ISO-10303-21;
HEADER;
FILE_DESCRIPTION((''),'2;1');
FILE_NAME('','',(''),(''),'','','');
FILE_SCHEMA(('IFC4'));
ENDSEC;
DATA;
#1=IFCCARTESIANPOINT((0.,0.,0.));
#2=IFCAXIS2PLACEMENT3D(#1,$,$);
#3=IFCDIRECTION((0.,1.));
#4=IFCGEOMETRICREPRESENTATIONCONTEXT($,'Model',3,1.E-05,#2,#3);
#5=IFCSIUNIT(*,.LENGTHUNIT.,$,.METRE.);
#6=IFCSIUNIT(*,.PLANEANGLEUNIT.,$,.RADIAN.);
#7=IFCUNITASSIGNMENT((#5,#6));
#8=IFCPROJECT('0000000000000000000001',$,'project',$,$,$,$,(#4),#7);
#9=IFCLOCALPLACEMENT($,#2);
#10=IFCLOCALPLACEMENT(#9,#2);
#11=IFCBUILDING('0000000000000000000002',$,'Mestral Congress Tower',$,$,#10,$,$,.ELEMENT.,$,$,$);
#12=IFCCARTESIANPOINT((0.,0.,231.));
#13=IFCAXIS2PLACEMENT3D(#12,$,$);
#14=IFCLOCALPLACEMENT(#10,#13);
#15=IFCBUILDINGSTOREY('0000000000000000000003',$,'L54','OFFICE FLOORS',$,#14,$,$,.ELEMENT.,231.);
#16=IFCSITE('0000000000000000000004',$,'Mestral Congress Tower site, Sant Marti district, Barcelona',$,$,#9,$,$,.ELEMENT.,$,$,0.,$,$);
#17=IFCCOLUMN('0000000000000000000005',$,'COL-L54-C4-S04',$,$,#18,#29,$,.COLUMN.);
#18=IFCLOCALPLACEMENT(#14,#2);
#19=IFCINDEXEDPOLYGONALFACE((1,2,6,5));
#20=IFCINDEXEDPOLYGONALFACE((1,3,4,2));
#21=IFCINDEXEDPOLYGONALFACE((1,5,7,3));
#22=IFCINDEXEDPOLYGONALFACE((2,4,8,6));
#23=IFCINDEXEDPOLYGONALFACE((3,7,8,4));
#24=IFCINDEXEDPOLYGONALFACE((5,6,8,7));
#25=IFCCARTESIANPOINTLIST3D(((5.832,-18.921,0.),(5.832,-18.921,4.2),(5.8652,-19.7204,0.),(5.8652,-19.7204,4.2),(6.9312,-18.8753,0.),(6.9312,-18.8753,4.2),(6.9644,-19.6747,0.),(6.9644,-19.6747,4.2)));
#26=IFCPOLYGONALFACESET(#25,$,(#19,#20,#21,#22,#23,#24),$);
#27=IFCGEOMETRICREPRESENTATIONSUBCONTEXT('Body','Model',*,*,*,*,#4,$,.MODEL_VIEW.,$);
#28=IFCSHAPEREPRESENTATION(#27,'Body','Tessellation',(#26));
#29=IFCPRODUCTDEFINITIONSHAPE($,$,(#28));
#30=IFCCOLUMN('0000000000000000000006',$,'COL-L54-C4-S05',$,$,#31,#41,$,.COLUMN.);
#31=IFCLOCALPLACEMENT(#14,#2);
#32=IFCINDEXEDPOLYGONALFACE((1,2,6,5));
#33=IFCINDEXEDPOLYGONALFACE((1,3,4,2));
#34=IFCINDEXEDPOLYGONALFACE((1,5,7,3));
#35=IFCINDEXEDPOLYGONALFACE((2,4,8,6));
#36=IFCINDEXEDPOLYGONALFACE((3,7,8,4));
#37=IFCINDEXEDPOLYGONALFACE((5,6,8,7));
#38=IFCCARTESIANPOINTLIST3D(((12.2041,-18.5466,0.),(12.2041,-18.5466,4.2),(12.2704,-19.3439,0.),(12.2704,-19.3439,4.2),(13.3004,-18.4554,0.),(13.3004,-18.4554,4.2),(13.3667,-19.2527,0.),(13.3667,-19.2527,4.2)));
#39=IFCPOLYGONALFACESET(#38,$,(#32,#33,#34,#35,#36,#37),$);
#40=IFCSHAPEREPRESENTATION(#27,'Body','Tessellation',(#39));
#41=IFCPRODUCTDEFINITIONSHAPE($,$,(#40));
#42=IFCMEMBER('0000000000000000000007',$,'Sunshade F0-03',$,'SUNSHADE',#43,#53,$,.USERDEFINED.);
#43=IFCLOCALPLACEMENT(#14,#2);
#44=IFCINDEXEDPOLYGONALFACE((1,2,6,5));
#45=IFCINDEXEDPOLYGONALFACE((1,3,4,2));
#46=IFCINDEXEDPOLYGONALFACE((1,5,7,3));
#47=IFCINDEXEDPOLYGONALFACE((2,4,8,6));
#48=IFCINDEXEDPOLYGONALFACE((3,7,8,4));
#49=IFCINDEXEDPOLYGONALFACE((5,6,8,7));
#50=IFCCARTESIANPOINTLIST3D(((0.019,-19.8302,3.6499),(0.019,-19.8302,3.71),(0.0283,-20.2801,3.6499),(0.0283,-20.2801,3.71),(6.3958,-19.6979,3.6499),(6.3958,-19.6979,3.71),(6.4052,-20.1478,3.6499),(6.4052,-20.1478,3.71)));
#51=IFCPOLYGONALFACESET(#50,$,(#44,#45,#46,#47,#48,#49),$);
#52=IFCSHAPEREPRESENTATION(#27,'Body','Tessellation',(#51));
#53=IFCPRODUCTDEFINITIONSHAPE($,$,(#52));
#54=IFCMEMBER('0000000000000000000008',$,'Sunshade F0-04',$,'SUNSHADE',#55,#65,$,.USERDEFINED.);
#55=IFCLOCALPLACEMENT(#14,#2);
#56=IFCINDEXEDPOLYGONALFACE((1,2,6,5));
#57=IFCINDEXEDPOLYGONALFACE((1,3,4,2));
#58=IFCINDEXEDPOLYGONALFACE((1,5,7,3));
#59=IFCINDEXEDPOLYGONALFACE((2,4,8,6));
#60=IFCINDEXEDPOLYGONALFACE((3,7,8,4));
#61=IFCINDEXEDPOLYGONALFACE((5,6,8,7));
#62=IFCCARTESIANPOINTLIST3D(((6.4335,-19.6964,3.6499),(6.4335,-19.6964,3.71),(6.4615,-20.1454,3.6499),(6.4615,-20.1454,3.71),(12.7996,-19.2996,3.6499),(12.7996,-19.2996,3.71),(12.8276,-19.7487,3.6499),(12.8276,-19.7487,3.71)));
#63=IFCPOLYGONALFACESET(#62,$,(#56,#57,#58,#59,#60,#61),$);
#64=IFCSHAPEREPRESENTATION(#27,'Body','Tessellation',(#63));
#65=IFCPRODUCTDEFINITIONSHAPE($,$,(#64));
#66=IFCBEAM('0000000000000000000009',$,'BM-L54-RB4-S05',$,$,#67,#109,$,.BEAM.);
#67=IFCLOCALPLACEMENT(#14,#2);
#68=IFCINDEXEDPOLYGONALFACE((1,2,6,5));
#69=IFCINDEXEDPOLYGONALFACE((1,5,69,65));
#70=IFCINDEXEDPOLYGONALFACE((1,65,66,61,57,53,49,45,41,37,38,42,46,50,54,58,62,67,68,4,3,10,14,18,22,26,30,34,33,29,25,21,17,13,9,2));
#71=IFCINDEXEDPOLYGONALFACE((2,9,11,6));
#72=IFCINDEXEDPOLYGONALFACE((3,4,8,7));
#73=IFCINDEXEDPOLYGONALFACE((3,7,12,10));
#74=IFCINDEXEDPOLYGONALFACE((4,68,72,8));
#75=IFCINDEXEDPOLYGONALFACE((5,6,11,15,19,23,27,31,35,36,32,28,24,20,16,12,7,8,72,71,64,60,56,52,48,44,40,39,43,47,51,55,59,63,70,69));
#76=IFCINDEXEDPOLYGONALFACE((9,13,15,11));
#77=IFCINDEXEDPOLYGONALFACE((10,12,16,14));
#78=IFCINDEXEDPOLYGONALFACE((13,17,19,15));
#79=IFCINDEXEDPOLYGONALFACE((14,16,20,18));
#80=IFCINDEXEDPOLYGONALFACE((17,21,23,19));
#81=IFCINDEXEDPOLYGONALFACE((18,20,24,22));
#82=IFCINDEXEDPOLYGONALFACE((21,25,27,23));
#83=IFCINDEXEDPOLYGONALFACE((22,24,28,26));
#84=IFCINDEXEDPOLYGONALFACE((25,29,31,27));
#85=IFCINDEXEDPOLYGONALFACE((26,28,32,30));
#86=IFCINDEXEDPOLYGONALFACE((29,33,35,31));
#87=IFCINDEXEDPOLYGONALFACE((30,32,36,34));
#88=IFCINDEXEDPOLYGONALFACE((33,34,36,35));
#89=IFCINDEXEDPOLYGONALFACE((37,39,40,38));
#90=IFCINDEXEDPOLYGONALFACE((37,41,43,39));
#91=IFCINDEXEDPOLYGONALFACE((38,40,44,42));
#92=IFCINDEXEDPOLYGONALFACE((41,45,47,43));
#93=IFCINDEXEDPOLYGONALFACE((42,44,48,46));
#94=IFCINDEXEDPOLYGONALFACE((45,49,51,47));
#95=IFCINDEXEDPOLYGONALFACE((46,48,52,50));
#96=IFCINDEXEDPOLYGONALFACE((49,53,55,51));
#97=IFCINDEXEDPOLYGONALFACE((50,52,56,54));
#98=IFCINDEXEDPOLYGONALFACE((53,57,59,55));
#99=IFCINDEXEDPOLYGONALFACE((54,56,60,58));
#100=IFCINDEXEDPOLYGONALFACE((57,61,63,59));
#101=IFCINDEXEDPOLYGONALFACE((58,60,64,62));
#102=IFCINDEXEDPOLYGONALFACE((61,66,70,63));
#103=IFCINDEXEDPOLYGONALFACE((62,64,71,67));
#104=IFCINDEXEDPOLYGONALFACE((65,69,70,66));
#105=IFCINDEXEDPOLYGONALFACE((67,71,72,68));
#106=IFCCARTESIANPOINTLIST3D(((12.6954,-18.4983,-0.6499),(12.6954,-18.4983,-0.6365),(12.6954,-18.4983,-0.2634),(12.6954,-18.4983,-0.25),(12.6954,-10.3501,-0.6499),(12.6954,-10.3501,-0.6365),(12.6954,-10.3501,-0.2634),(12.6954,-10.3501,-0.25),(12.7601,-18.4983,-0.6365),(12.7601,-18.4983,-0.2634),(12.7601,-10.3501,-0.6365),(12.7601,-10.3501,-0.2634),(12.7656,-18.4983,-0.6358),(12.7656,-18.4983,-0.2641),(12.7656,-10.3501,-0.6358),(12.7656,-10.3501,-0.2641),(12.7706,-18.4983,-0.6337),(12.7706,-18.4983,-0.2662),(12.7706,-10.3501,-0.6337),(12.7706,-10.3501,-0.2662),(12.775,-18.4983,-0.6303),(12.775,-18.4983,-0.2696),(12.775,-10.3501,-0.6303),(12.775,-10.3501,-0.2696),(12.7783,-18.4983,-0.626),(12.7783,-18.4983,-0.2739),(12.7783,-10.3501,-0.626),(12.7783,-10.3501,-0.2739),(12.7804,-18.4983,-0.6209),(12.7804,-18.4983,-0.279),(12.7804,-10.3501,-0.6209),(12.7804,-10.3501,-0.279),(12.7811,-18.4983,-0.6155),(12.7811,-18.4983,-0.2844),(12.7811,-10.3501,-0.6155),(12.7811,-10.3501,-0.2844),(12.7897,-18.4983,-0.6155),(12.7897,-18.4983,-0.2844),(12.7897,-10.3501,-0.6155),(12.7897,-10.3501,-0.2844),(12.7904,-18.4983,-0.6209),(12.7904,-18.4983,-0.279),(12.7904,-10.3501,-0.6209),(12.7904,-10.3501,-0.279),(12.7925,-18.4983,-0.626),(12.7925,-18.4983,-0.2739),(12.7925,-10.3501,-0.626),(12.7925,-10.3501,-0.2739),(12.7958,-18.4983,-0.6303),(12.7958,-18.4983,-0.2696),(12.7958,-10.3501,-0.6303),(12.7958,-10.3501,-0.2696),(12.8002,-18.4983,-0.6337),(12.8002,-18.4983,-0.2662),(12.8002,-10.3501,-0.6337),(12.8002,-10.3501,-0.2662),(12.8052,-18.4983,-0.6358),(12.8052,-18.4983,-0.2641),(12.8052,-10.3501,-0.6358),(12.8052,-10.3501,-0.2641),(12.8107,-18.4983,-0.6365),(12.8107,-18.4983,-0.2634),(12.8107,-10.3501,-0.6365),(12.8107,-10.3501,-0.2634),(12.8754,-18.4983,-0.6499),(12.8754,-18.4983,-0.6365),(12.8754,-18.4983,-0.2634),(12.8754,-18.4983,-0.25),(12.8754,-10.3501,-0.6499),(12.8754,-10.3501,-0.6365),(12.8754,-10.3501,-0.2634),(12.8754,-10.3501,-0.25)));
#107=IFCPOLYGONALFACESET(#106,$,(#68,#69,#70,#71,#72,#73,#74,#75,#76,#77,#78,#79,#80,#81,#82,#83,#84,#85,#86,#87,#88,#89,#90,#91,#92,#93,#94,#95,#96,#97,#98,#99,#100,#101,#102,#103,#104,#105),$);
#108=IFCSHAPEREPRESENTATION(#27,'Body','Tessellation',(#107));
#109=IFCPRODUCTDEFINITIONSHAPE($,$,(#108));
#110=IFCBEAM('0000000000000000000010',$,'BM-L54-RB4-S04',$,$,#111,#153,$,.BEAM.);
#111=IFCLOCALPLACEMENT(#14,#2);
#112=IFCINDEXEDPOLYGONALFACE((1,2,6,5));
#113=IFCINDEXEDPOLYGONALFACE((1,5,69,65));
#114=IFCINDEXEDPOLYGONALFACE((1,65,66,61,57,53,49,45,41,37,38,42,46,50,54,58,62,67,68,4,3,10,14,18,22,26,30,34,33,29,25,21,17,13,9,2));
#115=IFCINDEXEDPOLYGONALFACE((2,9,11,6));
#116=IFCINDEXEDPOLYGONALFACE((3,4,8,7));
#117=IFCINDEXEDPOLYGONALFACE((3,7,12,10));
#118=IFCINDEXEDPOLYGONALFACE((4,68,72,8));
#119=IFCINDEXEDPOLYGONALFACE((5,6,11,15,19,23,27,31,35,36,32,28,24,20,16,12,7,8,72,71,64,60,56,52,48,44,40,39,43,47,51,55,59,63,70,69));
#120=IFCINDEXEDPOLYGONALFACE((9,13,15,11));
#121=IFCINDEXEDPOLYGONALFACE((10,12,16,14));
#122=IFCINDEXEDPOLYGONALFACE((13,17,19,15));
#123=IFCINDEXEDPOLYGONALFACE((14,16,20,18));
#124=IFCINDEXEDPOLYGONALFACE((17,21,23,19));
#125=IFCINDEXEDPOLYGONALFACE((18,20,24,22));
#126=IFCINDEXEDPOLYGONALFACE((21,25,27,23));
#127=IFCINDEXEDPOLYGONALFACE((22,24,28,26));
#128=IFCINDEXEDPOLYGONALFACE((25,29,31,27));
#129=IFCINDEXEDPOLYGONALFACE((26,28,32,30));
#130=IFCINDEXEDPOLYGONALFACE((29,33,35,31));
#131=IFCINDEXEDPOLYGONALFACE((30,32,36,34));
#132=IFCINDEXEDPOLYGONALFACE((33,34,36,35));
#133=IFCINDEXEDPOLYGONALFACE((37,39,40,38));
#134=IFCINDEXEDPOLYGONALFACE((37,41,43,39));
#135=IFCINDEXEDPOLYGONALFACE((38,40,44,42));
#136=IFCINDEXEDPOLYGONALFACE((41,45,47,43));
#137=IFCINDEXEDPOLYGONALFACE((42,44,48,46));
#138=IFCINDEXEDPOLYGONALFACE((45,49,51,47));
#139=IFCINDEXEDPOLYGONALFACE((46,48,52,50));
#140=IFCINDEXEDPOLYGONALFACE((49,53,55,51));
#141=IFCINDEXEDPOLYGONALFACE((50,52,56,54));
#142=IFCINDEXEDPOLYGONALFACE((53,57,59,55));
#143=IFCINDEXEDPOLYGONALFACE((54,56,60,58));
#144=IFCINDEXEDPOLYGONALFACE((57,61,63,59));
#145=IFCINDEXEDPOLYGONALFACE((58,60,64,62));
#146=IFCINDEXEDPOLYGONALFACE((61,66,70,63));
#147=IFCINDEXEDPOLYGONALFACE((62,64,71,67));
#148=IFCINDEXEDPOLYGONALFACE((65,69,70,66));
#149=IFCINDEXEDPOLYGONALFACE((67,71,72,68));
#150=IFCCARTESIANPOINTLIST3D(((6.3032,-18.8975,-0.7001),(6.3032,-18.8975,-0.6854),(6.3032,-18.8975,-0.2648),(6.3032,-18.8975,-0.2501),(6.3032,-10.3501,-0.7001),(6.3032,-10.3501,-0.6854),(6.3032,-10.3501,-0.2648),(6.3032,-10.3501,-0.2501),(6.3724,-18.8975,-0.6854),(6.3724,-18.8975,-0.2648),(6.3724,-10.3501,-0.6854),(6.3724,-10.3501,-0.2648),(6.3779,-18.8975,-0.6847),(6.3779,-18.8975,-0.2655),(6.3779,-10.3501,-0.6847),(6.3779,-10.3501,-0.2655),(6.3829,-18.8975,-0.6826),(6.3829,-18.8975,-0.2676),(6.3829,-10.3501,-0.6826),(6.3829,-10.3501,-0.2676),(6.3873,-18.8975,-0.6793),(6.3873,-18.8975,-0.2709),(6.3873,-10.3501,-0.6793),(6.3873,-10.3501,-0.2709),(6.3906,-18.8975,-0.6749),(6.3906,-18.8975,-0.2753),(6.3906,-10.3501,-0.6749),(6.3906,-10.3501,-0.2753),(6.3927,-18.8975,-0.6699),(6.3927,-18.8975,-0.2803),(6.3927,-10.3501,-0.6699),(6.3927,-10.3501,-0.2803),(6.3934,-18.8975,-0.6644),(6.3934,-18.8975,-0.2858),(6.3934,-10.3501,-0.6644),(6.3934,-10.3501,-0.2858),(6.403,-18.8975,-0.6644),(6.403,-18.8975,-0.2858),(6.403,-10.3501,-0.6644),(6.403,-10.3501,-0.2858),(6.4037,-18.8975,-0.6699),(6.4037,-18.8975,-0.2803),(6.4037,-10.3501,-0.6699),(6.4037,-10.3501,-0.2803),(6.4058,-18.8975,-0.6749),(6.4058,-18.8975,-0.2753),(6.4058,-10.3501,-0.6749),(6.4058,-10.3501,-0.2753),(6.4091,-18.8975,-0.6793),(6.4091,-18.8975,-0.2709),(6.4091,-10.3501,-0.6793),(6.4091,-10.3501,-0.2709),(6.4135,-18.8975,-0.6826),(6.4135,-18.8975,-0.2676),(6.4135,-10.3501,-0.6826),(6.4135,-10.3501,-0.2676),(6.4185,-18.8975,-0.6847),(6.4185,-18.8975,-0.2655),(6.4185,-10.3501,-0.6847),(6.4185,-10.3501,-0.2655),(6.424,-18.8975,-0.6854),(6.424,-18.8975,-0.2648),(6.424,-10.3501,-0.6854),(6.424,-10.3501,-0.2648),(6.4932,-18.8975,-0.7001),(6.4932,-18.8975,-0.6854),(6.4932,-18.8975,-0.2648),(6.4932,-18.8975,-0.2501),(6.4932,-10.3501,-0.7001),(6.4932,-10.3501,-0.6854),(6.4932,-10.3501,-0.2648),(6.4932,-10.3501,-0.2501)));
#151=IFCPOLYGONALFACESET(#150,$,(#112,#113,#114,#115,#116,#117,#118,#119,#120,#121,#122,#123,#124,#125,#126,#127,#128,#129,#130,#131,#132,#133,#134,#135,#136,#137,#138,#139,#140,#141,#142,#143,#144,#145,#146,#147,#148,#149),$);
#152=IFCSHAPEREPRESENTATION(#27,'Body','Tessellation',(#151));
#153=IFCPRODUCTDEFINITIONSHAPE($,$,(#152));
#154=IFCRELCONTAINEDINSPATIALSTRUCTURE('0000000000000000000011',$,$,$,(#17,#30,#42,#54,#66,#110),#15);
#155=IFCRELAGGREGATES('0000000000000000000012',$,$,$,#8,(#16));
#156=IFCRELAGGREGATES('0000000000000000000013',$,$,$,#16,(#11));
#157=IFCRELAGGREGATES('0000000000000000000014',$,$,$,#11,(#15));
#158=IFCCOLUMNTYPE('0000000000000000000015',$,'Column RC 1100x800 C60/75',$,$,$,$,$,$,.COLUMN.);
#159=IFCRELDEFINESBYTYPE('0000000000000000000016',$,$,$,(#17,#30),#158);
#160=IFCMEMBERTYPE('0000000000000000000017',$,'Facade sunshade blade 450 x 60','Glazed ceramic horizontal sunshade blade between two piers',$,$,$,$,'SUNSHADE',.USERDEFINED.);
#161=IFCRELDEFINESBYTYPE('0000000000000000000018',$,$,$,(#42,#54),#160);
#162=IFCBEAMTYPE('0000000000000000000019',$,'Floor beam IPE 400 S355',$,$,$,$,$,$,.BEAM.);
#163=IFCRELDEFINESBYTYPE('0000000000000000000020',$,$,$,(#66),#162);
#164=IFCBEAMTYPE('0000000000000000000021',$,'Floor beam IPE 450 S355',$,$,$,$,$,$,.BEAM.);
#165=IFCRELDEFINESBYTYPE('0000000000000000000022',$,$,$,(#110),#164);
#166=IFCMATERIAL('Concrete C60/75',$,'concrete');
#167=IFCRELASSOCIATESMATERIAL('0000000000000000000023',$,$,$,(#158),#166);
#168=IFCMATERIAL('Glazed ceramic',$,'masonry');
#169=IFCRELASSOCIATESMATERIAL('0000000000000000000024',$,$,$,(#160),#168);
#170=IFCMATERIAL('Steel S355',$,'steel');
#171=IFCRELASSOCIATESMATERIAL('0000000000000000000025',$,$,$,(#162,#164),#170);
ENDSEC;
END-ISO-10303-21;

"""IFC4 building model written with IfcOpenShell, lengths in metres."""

from ifc_helpers import new_model, si_unit, direction, frame, origin, origin_2d, place, context, subcontext, project, spatial, rectangle, i_section, extrude, material, material_profile, profile_set, type_object, element, save


model = new_model("IFC4")

# Units and contexts
model_context = context("Model", 3, precision=1e-05, world=origin(), true_north=direction((0.0, 1.0)))
body_context = subcontext(model_context, "Body", "Model", "MODEL_VIEW")
ifc_project = project(units=[si_unit("LENGTHUNIT", "METRE"), si_unit("PLANEANGLEUNIT", "RADIAN")], contexts=[model_context])

# Site, building, storey
site_placement = place(None, origin())
site = spatial("IfcSite", under=ifc_project, at=site_placement, Name="Mestral Congress Tower site, Sant Marti district, Barcelona", CompositionType="ELEMENT", RefElevation=0.0)
building_placement = place(site_placement, origin())
building = spatial("IfcBuilding", under=site, at=building_placement, Name="Mestral Congress Tower", CompositionType="ELEMENT")
storey_placement = place(building_placement, frame((0.0, 0.0, 231.0)))
storey = spatial("IfcBuildingStorey", under=building, at=storey_placement, Name="L54", Description="OFFICE FLOORS", CompositionType="ELEMENT", Elevation=231.0)

# Columns
ifc_material_1 = material(Name="Concrete C60/75", Category="concrete")
ifc_material_profile_1 = material_profile(ifc_material_1, rectangle(XDim=1.1001, YDim=0.8, at=origin_2d()), Name="RC 1100x800")
ifc_profile_set_1 = profile_set([ifc_material_profile_1], Name="Concrete C60/75")
column_type = type_object("IfcColumnType", Name="Column RC 1100x800 C60/75", PredefinedType="COLUMN", material=ifc_profile_set_1)
for number, where, z_axis, x_axis, name in (
    (1, (6.3982, -19.2979, 0.0), (0.0, 0.0, 1.0), (0.999139, 0.041492, 0.0), "COL-L54-C4-S04"),
    (2, (12.7854, -18.8997, 0.0), (0.0, 0.0, 1.0), (0.996557, 0.082914, 0.0), "COL-L54-C4-S05"),
):
    element("IfcColumn", number, at=place(storey_placement, frame(where, z_axis=z_axis, x_axis=x_axis)), inside=storey, type_object=column_type, Name=name, PredefinedType="COLUMN", context=body_context, shape_type="SweptSolid", body=[
        extrude(rectangle(XDim=1.1001, YDim=0.8, at=origin_2d()), origin(), (0.0, 0.0, 1.0), 4.2),
    ])

# Members
ifc_material_2 = material(Name="Glazed ceramic", Category="masonry")
ifc_material_profile_2 = material_profile(ifc_material_2, rectangle(XDim=0.45, YDim=0.0601, at=origin_2d()), Name="Ceramic blade 450 x 60")
ifc_profile_set_2 = profile_set([ifc_material_profile_2], Name="Glazed ceramic")
member_type = type_object("IfcMemberType", Name="Facade sunshade blade 450 x 60", Description="Glazed ceramic horizontal sunshade blade between two piers", ElementType="SUNSHADE", PredefinedType="USERDEFINED", material=ifc_profile_set_2)
member_1_placement = place(storey_placement, frame((0.0237, -20.0552, 3.6799), z_axis=(0.999785, 0.020747, 0.0), x_axis=(-0.020747, 0.999785, 0.0)))
element("IfcMember", 3, at=member_1_placement, inside=storey, type_object=member_type, Name="Sunshade F0-03", ObjectType="SUNSHADE", PredefinedType="USERDEFINED", context=body_context, shape_type="SweptSolid", body=[
    extrude(rectangle(XDim=0.45, YDim=0.0601, at=origin_2d()), origin(), (0.0, 0.0, 1.0), 6.3782),
])
member_2_placement = place(storey_placement, frame((6.4475, -19.9209, 3.6799), z_axis=(0.998064, 0.0622, 0.0), x_axis=(-0.0622, 0.998064, 0.0)))
element("IfcMember", 4, at=member_2_placement, inside=storey, type_object=member_type, Name="Sunshade F0-04", ObjectType="SUNSHADE", PredefinedType="USERDEFINED", context=body_context, shape_type="SweptSolid", body=[
    extrude(rectangle(XDim=0.45, YDim=0.0601, at=origin_2d()), origin(), (0.0, 0.0, 1.0), 6.3784),
])

# Beams
ifc_material_3 = material(Name="Steel S355", Category="steel")
ifc_material_profile_3 = material_profile(ifc_material_3, i_section(OverallWidth=0.1799, OverallDepth=0.3999, WebThickness=0.0085, FlangeThickness=0.0134, FilletRadius=0.021, at=origin_2d()), Name="IPE 400")
ifc_profile_set_3 = profile_set([ifc_material_profile_3], Name="Steel S355")
beam_type_1 = type_object("IfcBeamType", Name="Floor beam IPE 400 S355", PredefinedType="BEAM", material=ifc_profile_set_3)
beam_1_placement = place(storey_placement, frame((12.7854, -18.4983, -0.45), z_axis=(0.0, 1.0, 0.0), x_axis=(-1.0, 0.0, 0.0)))
element("IfcBeam", 5, at=beam_1_placement, inside=storey, type_object=beam_type_1, Name="BM-L54-RB4-S05", PredefinedType="BEAM", context=body_context, shape_type="SweptSolid", body=[
    extrude(i_section(OverallWidth=0.1799, OverallDepth=0.3999, WebThickness=0.0085, FlangeThickness=0.0134, FilletRadius=0.021, at=origin_2d()), origin(), (0.0, 0.0, 1.0), 8.1482),
])
ifc_material_profile_4 = material_profile(ifc_material_3, i_section(OverallWidth=0.1899, OverallDepth=0.45, WebThickness=0.0095, FlangeThickness=0.0146, FilletRadius=0.021, at=origin_2d()), Name="IPE 450")
ifc_profile_set_4 = profile_set([ifc_material_profile_4], Name="Steel S355")
beam_type_2 = type_object("IfcBeamType", Name="Floor beam IPE 450 S355", PredefinedType="BEAM", material=ifc_profile_set_4)
beam_2_placement = place(storey_placement, frame((6.3982, -18.8975, -0.4751), z_axis=(0.0, 1.0, 0.0), x_axis=(-1.0, 0.0, 0.0)))
element("IfcBeam", 6, at=beam_2_placement, inside=storey, type_object=beam_type_2, Name="BM-L54-RB4-S04", PredefinedType="BEAM", context=body_context, shape_type="SweptSolid", body=[
    extrude(i_section(OverallWidth=0.1899, OverallDepth=0.45, WebThickness=0.0095, FlangeThickness=0.0146, FilletRadius=0.021, at=origin_2d()), origin(), (0.0, 0.0, 1.0), 8.5474),
])

save(model, "model.ifc")
